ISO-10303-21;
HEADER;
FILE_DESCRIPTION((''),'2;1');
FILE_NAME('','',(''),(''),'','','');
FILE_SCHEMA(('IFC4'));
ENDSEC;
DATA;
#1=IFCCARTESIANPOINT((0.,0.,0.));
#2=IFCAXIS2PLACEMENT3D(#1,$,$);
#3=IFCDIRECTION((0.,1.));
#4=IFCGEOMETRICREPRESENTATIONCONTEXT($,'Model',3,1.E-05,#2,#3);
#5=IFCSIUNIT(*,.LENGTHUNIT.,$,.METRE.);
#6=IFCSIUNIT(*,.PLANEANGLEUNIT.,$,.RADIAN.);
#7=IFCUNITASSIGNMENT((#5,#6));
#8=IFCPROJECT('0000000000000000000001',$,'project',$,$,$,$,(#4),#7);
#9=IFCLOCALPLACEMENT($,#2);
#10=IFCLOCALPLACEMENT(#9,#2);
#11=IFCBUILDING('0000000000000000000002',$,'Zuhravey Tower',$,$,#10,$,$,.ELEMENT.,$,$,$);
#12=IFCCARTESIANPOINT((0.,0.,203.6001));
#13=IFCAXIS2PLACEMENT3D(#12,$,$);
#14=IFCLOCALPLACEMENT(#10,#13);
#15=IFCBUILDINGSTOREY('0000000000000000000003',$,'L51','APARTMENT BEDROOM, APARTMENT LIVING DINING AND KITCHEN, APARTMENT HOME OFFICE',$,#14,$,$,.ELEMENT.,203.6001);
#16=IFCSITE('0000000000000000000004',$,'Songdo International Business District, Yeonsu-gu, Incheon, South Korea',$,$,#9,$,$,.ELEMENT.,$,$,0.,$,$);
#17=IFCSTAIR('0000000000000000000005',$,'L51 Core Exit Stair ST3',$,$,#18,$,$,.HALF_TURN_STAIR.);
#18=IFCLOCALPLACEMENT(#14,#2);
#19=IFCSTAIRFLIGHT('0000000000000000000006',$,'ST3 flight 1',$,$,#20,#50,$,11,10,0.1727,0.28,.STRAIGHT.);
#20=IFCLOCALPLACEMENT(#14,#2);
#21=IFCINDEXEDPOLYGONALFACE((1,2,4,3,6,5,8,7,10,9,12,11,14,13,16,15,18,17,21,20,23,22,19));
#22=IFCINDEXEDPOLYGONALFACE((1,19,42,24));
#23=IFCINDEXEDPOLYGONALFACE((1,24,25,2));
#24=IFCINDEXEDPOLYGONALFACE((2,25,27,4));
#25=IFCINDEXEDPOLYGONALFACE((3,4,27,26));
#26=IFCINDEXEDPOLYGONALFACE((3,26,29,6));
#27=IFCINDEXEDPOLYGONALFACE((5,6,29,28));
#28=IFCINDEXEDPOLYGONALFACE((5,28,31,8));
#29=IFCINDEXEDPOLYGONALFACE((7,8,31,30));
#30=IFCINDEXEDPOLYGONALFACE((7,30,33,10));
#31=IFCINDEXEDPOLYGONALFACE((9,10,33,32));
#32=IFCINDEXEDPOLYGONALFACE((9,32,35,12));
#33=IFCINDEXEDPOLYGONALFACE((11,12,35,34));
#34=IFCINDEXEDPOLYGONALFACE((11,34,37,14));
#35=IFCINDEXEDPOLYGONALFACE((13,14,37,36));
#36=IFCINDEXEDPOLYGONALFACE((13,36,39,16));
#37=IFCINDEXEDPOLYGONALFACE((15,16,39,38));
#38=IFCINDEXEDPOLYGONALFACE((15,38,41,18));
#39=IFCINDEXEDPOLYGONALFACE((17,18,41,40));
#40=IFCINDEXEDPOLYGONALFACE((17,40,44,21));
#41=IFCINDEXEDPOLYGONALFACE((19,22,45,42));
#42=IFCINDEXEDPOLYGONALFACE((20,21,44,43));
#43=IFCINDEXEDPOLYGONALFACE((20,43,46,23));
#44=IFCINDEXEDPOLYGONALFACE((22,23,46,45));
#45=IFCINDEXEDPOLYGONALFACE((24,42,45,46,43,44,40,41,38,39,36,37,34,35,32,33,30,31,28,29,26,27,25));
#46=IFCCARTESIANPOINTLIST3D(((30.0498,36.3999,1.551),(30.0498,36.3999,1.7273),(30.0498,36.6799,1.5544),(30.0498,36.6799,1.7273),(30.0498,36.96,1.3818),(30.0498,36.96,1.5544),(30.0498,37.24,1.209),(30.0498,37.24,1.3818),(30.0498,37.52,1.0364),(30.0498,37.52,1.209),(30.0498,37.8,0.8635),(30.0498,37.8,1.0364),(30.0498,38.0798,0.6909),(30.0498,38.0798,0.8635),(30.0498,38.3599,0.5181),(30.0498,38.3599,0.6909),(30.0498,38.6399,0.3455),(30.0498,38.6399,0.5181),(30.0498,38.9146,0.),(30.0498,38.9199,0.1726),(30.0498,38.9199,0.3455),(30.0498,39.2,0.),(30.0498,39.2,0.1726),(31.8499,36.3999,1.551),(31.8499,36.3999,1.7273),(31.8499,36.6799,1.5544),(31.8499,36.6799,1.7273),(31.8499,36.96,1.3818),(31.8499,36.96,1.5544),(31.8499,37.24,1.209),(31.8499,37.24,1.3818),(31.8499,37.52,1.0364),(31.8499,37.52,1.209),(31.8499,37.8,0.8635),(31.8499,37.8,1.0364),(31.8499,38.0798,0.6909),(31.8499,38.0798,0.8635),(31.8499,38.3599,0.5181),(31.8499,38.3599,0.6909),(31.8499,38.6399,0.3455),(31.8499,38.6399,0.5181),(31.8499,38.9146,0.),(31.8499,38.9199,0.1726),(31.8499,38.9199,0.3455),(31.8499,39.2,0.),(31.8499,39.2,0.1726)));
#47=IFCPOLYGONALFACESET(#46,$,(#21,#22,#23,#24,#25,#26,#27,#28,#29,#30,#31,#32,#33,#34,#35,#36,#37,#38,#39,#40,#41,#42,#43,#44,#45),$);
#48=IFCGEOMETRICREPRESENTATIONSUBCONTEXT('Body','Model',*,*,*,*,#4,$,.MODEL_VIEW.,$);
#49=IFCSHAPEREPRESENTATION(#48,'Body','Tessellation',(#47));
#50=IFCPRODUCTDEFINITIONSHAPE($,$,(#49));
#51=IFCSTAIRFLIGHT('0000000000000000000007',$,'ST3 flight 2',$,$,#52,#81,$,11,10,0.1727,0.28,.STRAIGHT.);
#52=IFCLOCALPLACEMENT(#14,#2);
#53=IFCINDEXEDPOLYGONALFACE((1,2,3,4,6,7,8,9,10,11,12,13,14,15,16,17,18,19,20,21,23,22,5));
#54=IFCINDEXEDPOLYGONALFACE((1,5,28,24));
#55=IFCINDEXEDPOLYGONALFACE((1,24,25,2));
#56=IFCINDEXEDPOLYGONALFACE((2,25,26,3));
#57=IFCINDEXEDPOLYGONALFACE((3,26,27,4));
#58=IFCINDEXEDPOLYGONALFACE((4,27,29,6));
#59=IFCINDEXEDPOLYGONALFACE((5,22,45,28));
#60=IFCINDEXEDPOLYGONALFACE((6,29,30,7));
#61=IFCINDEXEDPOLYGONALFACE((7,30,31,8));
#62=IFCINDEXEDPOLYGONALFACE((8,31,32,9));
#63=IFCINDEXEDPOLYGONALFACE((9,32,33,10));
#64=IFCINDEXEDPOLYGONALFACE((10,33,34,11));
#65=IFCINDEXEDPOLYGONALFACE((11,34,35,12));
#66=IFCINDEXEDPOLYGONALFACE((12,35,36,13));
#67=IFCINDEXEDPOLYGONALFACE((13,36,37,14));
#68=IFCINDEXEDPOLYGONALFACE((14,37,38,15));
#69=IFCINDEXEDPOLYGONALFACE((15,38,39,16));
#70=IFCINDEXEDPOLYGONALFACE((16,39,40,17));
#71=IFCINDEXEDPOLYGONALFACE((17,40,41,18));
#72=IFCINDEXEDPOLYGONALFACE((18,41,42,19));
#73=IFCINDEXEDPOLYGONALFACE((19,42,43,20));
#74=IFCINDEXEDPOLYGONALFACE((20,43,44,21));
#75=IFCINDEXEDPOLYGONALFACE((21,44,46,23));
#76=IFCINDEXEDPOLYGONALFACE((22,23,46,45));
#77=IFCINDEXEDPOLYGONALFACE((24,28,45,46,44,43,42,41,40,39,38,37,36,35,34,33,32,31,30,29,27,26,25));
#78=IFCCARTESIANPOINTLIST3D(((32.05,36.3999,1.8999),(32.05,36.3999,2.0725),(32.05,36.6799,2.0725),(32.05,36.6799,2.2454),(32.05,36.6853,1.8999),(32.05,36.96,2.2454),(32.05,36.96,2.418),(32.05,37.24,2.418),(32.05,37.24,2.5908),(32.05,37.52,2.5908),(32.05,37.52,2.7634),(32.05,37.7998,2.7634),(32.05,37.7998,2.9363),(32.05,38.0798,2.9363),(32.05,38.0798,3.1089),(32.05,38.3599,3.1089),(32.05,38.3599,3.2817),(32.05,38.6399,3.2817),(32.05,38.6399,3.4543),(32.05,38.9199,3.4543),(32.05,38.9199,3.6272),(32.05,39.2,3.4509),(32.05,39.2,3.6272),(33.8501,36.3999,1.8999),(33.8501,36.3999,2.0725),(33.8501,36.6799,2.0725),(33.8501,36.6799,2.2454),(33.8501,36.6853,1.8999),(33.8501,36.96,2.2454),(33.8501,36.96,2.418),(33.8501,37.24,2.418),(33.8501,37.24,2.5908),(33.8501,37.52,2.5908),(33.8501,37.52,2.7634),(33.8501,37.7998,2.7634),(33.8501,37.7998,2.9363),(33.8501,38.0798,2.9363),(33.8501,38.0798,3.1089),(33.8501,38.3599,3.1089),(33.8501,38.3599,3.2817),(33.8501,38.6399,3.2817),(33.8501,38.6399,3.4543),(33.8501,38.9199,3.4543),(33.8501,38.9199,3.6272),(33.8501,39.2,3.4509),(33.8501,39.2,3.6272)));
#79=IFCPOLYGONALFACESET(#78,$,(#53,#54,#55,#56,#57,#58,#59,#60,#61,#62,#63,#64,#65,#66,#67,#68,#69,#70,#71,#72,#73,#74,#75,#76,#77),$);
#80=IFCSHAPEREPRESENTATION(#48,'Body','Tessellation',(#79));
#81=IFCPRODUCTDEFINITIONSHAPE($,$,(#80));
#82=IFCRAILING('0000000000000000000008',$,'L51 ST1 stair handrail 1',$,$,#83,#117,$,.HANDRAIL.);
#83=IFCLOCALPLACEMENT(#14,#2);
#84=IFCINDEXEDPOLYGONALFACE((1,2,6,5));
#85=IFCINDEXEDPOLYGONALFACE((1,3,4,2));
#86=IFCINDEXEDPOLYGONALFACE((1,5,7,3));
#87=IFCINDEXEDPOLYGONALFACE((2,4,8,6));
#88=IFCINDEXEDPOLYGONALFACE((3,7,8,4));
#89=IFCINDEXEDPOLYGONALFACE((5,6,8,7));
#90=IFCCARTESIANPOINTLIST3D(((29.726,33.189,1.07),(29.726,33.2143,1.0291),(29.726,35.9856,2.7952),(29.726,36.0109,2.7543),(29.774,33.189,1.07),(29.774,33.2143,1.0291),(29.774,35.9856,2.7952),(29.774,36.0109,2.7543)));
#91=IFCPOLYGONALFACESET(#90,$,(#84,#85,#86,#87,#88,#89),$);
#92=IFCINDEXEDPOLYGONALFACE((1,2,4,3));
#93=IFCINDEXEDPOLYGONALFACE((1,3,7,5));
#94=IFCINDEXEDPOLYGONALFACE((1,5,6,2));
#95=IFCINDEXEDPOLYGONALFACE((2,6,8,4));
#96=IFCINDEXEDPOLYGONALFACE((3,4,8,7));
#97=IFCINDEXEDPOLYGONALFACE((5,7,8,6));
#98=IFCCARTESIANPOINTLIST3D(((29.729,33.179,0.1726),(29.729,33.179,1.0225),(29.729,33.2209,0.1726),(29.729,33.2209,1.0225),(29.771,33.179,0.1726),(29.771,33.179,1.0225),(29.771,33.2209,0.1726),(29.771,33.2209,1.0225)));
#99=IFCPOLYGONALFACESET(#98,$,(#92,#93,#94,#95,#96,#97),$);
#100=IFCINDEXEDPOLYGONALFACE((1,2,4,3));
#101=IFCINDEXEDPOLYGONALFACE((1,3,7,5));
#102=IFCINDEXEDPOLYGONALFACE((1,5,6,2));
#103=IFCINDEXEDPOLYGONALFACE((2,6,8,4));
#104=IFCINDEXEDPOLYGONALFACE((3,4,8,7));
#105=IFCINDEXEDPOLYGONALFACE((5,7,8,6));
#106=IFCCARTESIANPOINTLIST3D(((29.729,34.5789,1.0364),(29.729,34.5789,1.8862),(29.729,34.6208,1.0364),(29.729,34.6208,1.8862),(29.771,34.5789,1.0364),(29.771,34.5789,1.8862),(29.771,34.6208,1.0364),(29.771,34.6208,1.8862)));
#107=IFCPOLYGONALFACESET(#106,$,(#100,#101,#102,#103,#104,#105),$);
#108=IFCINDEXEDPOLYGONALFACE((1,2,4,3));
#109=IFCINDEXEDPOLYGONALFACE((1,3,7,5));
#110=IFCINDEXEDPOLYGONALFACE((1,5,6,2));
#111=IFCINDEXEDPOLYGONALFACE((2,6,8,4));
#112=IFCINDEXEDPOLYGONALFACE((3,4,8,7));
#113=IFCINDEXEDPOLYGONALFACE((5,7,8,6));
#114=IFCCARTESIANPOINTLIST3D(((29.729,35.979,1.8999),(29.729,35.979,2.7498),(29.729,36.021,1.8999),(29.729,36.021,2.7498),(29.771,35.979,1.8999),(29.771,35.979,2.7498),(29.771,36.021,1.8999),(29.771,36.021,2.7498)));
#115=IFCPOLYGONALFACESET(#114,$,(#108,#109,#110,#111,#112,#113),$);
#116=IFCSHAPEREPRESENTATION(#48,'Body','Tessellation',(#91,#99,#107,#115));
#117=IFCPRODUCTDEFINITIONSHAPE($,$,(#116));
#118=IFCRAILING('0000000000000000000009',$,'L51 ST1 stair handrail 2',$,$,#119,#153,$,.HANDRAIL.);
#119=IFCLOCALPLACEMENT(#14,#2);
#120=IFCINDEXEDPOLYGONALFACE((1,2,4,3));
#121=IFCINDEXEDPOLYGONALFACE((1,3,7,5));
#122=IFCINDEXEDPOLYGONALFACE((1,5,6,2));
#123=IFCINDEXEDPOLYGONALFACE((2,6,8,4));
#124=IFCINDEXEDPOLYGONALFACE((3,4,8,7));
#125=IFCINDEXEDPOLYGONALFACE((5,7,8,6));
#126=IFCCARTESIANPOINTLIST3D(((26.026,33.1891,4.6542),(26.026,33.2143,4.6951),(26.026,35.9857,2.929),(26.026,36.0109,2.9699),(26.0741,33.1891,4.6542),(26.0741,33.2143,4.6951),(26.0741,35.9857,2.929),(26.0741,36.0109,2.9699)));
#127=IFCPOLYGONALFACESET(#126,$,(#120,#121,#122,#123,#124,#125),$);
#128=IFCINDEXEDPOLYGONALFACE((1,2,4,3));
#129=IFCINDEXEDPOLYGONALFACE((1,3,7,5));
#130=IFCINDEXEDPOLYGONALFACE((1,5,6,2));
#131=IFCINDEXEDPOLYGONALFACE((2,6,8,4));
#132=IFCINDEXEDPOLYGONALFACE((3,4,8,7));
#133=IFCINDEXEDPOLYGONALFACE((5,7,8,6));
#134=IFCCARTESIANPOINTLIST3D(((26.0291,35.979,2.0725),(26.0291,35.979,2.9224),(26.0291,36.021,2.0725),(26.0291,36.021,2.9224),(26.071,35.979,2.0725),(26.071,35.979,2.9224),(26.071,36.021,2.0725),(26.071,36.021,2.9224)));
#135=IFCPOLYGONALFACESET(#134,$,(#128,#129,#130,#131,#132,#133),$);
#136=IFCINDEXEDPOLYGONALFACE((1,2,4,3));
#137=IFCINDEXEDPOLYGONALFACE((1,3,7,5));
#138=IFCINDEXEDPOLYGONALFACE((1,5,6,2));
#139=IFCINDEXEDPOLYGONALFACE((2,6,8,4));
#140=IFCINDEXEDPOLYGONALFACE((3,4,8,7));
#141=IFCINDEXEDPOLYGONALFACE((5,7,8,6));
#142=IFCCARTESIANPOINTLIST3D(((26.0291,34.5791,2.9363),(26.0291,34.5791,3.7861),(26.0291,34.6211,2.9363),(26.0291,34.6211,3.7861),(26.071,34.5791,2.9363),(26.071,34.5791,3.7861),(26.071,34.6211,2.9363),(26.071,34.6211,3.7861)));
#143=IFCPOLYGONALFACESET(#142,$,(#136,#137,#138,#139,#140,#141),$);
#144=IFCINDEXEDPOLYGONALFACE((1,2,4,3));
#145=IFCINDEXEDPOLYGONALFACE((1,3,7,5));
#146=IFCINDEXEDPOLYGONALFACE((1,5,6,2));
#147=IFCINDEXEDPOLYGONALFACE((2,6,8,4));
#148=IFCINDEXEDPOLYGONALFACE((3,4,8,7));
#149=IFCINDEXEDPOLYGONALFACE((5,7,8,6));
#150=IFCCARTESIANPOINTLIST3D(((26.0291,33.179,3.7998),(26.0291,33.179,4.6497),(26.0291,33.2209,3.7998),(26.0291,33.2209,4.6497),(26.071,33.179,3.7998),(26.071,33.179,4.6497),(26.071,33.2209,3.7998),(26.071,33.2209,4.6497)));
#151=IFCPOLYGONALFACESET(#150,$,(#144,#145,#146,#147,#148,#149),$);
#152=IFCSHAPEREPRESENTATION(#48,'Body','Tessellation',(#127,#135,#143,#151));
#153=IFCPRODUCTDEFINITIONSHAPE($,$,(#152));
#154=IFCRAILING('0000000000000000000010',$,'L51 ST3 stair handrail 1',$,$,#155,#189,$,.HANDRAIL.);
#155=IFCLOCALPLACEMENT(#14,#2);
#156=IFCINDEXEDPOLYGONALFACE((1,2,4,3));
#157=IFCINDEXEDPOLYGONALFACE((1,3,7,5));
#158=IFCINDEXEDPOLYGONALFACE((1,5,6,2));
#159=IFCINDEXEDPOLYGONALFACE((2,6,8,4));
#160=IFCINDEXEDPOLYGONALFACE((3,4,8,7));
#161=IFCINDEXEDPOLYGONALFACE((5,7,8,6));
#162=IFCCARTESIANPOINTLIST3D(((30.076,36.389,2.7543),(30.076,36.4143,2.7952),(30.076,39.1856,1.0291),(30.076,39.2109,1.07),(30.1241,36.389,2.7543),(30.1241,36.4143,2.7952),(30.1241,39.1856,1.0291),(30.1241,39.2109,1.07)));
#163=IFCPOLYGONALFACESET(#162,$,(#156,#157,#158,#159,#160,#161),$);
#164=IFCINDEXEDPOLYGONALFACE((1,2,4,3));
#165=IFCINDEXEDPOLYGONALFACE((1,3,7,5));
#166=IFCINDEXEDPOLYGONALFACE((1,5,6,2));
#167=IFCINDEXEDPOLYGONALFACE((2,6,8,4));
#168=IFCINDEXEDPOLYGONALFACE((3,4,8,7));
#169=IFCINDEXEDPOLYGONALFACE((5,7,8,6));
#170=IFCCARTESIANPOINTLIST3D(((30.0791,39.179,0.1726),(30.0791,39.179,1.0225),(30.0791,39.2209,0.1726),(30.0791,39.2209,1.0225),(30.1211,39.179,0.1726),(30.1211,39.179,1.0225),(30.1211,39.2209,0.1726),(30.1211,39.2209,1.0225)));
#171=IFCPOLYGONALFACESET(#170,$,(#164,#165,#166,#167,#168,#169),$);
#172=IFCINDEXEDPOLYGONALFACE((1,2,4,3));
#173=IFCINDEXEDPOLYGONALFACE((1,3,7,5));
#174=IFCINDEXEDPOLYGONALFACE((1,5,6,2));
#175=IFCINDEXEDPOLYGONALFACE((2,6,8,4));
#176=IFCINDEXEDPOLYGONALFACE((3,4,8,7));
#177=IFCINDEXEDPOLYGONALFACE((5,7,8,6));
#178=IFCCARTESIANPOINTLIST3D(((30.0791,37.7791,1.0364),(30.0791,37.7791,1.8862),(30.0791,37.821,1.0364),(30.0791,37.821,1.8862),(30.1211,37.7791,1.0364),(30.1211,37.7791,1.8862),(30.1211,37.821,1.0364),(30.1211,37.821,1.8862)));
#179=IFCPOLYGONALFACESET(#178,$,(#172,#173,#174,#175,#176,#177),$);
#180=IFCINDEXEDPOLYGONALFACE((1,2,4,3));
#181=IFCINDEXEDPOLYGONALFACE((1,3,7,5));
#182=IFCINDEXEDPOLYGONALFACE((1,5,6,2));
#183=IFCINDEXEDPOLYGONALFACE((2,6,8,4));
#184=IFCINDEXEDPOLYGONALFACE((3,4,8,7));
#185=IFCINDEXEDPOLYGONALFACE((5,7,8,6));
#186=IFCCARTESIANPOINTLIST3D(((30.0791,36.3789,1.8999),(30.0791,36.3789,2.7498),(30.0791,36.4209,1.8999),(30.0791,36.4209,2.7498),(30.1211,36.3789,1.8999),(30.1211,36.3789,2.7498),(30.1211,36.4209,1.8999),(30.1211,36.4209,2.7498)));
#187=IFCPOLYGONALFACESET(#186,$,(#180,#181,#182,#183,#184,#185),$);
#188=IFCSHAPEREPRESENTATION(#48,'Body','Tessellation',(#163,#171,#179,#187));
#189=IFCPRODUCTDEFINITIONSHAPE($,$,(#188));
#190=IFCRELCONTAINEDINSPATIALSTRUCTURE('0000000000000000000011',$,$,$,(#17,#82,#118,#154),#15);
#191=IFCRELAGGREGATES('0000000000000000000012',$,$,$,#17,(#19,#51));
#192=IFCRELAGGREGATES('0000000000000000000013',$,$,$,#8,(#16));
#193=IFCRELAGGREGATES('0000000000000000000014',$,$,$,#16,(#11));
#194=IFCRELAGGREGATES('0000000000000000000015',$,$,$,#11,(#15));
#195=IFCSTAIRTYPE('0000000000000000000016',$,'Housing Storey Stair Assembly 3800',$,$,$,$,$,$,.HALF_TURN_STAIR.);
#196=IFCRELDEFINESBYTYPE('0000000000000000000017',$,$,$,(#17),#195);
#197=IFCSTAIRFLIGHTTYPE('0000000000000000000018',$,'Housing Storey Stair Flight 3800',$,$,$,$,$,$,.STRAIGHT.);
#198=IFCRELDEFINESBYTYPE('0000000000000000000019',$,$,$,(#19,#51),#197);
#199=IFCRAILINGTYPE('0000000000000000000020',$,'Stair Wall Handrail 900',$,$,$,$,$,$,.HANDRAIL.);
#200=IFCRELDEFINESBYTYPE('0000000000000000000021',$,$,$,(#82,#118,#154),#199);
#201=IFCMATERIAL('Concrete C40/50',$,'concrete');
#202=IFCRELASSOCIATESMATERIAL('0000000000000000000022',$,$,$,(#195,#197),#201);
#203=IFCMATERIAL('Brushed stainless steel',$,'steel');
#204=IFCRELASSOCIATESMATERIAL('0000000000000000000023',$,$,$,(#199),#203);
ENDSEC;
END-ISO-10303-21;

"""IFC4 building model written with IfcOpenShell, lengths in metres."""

from ifc_helpers import new_model, si_unit, direction, frame, origin, origin_2d, place, context, subcontext, project, spatial, polyline, rectangle, outline, extrude, material, type_object, element, aggregate, save


model = new_model("IFC4")

# Units and contexts
model_context = context("Model", 3, precision=1e-05, world=origin(), true_north=direction((0.0, 1.0)))
body_context = subcontext(model_context, "Body", "Model", "MODEL_VIEW")
ifc_project = project(units=[si_unit("LENGTHUNIT", "METRE"), si_unit("PLANEANGLEUNIT", "RADIAN")], contexts=[model_context])

# Site, building, storey
site_placement = place(None, origin())
site = spatial("IfcSite", under=ifc_project, at=site_placement, Name="Songdo International Business District, Yeonsu-gu, Incheon, South Korea", CompositionType="ELEMENT", RefElevation=0.0)
building_placement = place(site_placement, origin())
building = spatial("IfcBuilding", under=site, at=building_placement, Name="Zuhravey Tower", CompositionType="ELEMENT")
storey_placement = place(building_placement, frame((0.0, 0.0, 203.6001)))
storey = spatial("IfcBuildingStorey", under=building, at=storey_placement, Name="L51", Description="APARTMENT BEDROOM, APARTMENT LIVING DINING AND KITCHEN, APARTMENT HOME OFFICE", CompositionType="ELEMENT", Elevation=203.6001)

# Stair, stair flights
ifc_material_1 = material(Name="Concrete C40/50", Category="concrete")
stair_type = type_object("IfcStairType", Name="Housing Storey Stair Assembly 3800", PredefinedType="HALF_TURN_STAIR", material=ifc_material_1)
stair_flight_type = type_object("IfcStairFlightType", Name="Housing Storey Stair Flight 3800", PredefinedType="STRAIGHT", material=ifc_material_1)
stair_1_placement = place(storey_placement, origin())
stair_1 = element("IfcStair", 1, at=stair_1_placement, inside=storey, type_object=stair_type, Name="L51 Core Exit Stair ST3", PredefinedType="HALF_TURN_STAIR")
stair_flight_1_placement = place(storey_placement, frame((30.95, 39.2, 0.0), z_axis=(0.0, 0.0, 1.0), x_axis=(0.0, -1.0, 0.0)))
stair_flight_1 = element("IfcStairFlight", 2, at=stair_flight_1_placement, type_object=stair_flight_type, Name="ST3 flight 1", NumberOfRisers=11, NumberOfTreads=10, PredefinedType="STRAIGHT", RiserHeight=0.1727, TreadLength=0.28, context=body_context, shape_type="SweptSolid", body=[
    extrude(outline(polyline([(0.0, 0.0), (0.0, 0.1726), (0.28, 0.1726), (0.28, 0.3455), (0.5601, 0.3455), (0.5601, 0.5181), (0.8401, 0.5181), (0.8401, 0.6909), (1.1201, 0.6909), (1.1201, 0.8635), (1.3999, 0.8635), (1.3999, 1.0364), (1.6799, 1.0364), (1.6799, 1.209), (1.96, 1.209), (1.96, 1.3818), (2.24, 1.3818), (2.24, 1.5544), (2.52, 1.5544), (2.52, 1.7273), (2.8, 1.7273), (2.8, 1.8999), (2.8, 1.551), (0.2854, 0.0), (0.0, 0.0)])), frame((0.0, 0.8999, 0.0), z_axis=(0.0, -1.0, 0.0), x_axis=(1.0, 0.0, 0.0)), (0.0, 0.0, 1.0), 1.8),
])
stair_flight_2_placement = place(storey_placement, frame((32.95, 36.3999, 1.8999), z_axis=(0.0, 0.0, 1.0), x_axis=(0.0, 1.0, 0.0)))
stair_flight_2 = element("IfcStairFlight", 3, at=stair_flight_2_placement, type_object=stair_flight_type, Name="ST3 flight 2", NumberOfRisers=11, NumberOfTreads=10, PredefinedType="STRAIGHT", RiserHeight=0.1727, TreadLength=0.28, context=body_context, shape_type="SweptSolid", body=[
    extrude(outline(polyline([(0.0, 0.0), (0.0, 0.1726), (0.28, 0.1726), (0.28, 0.3455), (0.5601, 0.3455), (0.5601, 0.5181), (0.8401, 0.5181), (0.8401, 0.6909), (1.1201, 0.6909), (1.1201, 0.8635), (1.3999, 0.8635), (1.3999, 1.0364), (1.6799, 1.0364), (1.6799, 1.209), (1.96, 1.209), (1.96, 1.3818), (2.24, 1.3818), (2.24, 1.5544), (2.52, 1.5544), (2.52, 1.7273), (2.8, 1.7273), (2.8, 1.8999), (2.8, 1.551), (0.2854, 0.0), (0.0, 0.0)])), frame((0.0, 0.8999, 0.0), z_axis=(0.0, -1.0, 0.0), x_axis=(1.0, 0.0, 0.0)), (0.0, 0.0, 1.0), 1.8),
])
aggregate(stair_1, [stair_flight_1, stair_flight_2])

# Railings
ifc_material_2 = material(Name="Brushed stainless steel", Category="steel")
railing_type_1 = type_object("IfcRailingType", Name="Stair Wall Handrail 900", PredefinedType="HANDRAIL", material=ifc_material_2)
railing_1_placement = place(storey_placement, frame((29.75, 33.2, 0.1726)))
element("IfcRailing", 4, at=railing_1_placement, inside=storey, type_object=railing_type_1, Name="L51 ST1 stair handrail 1", PredefinedType="HANDRAIL", context=body_context, shape_type="SweptSolid", body=[
    extrude(rectangle(XDim=0.0481, YDim=0.0481, at=origin_2d()), frame((0.0, 0.0017, 0.877), z_axis=(0.0, 0.85109, 0.52502), x_axis=(-1.0, 0.0, 0.0)), (0.0, 0.0, 1.0), 3.2859),
    extrude(rectangle(XDim=0.042, YDim=0.042, at=origin_2d()), origin(), (0.0, 0.0, 1.0), 0.8499),
    extrude(rectangle(XDim=0.042, YDim=0.042, at=origin_2d()), frame((0.0, 1.3999, 0.8638)), (0.0, 0.0, 1.0), 0.8499),
    extrude(rectangle(XDim=0.042, YDim=0.042, at=origin_2d()), frame((0.0, 2.8, 1.7273)), (0.0, 0.0, 1.0), 0.8499),
])
for number, where, name in (
    (5, (26.05, 36.0, 2.0725), "L51 ST1 stair handrail 2"),
    (6, (30.1001, 39.2, 0.1726), "L51 ST3 stair handrail 1"),
):
    element("IfcRailing", number, at=place(storey_placement, frame(where)), inside=storey, type_object=railing_type_1, Name=name, PredefinedType="HANDRAIL", context=body_context, shape_type="SweptSolid", body=[
        extrude(rectangle(XDim=0.0481, YDim=0.0481, at=origin_2d()), frame((0.0, -0.0017, 0.877), z_axis=(0.0, -0.85109, 0.52502), x_axis=(1.0, 0.0, 0.0)), (0.0, 0.0, 1.0), 3.2859),
        extrude(rectangle(XDim=0.042, YDim=0.042, at=origin_2d()), origin(), (0.0, 0.0, 1.0), 0.8499),
        extrude(rectangle(XDim=0.042, YDim=0.042, at=origin_2d()), frame((0.0, -1.3999, 0.8638)), (0.0, 0.0, 1.0), 0.8499),
        extrude(rectangle(XDim=0.042, YDim=0.042, at=origin_2d()), frame((0.0, -2.8, 1.7273)), (0.0, 0.0, 1.0), 0.8499),
    ])

save(model, "model.ifc")
